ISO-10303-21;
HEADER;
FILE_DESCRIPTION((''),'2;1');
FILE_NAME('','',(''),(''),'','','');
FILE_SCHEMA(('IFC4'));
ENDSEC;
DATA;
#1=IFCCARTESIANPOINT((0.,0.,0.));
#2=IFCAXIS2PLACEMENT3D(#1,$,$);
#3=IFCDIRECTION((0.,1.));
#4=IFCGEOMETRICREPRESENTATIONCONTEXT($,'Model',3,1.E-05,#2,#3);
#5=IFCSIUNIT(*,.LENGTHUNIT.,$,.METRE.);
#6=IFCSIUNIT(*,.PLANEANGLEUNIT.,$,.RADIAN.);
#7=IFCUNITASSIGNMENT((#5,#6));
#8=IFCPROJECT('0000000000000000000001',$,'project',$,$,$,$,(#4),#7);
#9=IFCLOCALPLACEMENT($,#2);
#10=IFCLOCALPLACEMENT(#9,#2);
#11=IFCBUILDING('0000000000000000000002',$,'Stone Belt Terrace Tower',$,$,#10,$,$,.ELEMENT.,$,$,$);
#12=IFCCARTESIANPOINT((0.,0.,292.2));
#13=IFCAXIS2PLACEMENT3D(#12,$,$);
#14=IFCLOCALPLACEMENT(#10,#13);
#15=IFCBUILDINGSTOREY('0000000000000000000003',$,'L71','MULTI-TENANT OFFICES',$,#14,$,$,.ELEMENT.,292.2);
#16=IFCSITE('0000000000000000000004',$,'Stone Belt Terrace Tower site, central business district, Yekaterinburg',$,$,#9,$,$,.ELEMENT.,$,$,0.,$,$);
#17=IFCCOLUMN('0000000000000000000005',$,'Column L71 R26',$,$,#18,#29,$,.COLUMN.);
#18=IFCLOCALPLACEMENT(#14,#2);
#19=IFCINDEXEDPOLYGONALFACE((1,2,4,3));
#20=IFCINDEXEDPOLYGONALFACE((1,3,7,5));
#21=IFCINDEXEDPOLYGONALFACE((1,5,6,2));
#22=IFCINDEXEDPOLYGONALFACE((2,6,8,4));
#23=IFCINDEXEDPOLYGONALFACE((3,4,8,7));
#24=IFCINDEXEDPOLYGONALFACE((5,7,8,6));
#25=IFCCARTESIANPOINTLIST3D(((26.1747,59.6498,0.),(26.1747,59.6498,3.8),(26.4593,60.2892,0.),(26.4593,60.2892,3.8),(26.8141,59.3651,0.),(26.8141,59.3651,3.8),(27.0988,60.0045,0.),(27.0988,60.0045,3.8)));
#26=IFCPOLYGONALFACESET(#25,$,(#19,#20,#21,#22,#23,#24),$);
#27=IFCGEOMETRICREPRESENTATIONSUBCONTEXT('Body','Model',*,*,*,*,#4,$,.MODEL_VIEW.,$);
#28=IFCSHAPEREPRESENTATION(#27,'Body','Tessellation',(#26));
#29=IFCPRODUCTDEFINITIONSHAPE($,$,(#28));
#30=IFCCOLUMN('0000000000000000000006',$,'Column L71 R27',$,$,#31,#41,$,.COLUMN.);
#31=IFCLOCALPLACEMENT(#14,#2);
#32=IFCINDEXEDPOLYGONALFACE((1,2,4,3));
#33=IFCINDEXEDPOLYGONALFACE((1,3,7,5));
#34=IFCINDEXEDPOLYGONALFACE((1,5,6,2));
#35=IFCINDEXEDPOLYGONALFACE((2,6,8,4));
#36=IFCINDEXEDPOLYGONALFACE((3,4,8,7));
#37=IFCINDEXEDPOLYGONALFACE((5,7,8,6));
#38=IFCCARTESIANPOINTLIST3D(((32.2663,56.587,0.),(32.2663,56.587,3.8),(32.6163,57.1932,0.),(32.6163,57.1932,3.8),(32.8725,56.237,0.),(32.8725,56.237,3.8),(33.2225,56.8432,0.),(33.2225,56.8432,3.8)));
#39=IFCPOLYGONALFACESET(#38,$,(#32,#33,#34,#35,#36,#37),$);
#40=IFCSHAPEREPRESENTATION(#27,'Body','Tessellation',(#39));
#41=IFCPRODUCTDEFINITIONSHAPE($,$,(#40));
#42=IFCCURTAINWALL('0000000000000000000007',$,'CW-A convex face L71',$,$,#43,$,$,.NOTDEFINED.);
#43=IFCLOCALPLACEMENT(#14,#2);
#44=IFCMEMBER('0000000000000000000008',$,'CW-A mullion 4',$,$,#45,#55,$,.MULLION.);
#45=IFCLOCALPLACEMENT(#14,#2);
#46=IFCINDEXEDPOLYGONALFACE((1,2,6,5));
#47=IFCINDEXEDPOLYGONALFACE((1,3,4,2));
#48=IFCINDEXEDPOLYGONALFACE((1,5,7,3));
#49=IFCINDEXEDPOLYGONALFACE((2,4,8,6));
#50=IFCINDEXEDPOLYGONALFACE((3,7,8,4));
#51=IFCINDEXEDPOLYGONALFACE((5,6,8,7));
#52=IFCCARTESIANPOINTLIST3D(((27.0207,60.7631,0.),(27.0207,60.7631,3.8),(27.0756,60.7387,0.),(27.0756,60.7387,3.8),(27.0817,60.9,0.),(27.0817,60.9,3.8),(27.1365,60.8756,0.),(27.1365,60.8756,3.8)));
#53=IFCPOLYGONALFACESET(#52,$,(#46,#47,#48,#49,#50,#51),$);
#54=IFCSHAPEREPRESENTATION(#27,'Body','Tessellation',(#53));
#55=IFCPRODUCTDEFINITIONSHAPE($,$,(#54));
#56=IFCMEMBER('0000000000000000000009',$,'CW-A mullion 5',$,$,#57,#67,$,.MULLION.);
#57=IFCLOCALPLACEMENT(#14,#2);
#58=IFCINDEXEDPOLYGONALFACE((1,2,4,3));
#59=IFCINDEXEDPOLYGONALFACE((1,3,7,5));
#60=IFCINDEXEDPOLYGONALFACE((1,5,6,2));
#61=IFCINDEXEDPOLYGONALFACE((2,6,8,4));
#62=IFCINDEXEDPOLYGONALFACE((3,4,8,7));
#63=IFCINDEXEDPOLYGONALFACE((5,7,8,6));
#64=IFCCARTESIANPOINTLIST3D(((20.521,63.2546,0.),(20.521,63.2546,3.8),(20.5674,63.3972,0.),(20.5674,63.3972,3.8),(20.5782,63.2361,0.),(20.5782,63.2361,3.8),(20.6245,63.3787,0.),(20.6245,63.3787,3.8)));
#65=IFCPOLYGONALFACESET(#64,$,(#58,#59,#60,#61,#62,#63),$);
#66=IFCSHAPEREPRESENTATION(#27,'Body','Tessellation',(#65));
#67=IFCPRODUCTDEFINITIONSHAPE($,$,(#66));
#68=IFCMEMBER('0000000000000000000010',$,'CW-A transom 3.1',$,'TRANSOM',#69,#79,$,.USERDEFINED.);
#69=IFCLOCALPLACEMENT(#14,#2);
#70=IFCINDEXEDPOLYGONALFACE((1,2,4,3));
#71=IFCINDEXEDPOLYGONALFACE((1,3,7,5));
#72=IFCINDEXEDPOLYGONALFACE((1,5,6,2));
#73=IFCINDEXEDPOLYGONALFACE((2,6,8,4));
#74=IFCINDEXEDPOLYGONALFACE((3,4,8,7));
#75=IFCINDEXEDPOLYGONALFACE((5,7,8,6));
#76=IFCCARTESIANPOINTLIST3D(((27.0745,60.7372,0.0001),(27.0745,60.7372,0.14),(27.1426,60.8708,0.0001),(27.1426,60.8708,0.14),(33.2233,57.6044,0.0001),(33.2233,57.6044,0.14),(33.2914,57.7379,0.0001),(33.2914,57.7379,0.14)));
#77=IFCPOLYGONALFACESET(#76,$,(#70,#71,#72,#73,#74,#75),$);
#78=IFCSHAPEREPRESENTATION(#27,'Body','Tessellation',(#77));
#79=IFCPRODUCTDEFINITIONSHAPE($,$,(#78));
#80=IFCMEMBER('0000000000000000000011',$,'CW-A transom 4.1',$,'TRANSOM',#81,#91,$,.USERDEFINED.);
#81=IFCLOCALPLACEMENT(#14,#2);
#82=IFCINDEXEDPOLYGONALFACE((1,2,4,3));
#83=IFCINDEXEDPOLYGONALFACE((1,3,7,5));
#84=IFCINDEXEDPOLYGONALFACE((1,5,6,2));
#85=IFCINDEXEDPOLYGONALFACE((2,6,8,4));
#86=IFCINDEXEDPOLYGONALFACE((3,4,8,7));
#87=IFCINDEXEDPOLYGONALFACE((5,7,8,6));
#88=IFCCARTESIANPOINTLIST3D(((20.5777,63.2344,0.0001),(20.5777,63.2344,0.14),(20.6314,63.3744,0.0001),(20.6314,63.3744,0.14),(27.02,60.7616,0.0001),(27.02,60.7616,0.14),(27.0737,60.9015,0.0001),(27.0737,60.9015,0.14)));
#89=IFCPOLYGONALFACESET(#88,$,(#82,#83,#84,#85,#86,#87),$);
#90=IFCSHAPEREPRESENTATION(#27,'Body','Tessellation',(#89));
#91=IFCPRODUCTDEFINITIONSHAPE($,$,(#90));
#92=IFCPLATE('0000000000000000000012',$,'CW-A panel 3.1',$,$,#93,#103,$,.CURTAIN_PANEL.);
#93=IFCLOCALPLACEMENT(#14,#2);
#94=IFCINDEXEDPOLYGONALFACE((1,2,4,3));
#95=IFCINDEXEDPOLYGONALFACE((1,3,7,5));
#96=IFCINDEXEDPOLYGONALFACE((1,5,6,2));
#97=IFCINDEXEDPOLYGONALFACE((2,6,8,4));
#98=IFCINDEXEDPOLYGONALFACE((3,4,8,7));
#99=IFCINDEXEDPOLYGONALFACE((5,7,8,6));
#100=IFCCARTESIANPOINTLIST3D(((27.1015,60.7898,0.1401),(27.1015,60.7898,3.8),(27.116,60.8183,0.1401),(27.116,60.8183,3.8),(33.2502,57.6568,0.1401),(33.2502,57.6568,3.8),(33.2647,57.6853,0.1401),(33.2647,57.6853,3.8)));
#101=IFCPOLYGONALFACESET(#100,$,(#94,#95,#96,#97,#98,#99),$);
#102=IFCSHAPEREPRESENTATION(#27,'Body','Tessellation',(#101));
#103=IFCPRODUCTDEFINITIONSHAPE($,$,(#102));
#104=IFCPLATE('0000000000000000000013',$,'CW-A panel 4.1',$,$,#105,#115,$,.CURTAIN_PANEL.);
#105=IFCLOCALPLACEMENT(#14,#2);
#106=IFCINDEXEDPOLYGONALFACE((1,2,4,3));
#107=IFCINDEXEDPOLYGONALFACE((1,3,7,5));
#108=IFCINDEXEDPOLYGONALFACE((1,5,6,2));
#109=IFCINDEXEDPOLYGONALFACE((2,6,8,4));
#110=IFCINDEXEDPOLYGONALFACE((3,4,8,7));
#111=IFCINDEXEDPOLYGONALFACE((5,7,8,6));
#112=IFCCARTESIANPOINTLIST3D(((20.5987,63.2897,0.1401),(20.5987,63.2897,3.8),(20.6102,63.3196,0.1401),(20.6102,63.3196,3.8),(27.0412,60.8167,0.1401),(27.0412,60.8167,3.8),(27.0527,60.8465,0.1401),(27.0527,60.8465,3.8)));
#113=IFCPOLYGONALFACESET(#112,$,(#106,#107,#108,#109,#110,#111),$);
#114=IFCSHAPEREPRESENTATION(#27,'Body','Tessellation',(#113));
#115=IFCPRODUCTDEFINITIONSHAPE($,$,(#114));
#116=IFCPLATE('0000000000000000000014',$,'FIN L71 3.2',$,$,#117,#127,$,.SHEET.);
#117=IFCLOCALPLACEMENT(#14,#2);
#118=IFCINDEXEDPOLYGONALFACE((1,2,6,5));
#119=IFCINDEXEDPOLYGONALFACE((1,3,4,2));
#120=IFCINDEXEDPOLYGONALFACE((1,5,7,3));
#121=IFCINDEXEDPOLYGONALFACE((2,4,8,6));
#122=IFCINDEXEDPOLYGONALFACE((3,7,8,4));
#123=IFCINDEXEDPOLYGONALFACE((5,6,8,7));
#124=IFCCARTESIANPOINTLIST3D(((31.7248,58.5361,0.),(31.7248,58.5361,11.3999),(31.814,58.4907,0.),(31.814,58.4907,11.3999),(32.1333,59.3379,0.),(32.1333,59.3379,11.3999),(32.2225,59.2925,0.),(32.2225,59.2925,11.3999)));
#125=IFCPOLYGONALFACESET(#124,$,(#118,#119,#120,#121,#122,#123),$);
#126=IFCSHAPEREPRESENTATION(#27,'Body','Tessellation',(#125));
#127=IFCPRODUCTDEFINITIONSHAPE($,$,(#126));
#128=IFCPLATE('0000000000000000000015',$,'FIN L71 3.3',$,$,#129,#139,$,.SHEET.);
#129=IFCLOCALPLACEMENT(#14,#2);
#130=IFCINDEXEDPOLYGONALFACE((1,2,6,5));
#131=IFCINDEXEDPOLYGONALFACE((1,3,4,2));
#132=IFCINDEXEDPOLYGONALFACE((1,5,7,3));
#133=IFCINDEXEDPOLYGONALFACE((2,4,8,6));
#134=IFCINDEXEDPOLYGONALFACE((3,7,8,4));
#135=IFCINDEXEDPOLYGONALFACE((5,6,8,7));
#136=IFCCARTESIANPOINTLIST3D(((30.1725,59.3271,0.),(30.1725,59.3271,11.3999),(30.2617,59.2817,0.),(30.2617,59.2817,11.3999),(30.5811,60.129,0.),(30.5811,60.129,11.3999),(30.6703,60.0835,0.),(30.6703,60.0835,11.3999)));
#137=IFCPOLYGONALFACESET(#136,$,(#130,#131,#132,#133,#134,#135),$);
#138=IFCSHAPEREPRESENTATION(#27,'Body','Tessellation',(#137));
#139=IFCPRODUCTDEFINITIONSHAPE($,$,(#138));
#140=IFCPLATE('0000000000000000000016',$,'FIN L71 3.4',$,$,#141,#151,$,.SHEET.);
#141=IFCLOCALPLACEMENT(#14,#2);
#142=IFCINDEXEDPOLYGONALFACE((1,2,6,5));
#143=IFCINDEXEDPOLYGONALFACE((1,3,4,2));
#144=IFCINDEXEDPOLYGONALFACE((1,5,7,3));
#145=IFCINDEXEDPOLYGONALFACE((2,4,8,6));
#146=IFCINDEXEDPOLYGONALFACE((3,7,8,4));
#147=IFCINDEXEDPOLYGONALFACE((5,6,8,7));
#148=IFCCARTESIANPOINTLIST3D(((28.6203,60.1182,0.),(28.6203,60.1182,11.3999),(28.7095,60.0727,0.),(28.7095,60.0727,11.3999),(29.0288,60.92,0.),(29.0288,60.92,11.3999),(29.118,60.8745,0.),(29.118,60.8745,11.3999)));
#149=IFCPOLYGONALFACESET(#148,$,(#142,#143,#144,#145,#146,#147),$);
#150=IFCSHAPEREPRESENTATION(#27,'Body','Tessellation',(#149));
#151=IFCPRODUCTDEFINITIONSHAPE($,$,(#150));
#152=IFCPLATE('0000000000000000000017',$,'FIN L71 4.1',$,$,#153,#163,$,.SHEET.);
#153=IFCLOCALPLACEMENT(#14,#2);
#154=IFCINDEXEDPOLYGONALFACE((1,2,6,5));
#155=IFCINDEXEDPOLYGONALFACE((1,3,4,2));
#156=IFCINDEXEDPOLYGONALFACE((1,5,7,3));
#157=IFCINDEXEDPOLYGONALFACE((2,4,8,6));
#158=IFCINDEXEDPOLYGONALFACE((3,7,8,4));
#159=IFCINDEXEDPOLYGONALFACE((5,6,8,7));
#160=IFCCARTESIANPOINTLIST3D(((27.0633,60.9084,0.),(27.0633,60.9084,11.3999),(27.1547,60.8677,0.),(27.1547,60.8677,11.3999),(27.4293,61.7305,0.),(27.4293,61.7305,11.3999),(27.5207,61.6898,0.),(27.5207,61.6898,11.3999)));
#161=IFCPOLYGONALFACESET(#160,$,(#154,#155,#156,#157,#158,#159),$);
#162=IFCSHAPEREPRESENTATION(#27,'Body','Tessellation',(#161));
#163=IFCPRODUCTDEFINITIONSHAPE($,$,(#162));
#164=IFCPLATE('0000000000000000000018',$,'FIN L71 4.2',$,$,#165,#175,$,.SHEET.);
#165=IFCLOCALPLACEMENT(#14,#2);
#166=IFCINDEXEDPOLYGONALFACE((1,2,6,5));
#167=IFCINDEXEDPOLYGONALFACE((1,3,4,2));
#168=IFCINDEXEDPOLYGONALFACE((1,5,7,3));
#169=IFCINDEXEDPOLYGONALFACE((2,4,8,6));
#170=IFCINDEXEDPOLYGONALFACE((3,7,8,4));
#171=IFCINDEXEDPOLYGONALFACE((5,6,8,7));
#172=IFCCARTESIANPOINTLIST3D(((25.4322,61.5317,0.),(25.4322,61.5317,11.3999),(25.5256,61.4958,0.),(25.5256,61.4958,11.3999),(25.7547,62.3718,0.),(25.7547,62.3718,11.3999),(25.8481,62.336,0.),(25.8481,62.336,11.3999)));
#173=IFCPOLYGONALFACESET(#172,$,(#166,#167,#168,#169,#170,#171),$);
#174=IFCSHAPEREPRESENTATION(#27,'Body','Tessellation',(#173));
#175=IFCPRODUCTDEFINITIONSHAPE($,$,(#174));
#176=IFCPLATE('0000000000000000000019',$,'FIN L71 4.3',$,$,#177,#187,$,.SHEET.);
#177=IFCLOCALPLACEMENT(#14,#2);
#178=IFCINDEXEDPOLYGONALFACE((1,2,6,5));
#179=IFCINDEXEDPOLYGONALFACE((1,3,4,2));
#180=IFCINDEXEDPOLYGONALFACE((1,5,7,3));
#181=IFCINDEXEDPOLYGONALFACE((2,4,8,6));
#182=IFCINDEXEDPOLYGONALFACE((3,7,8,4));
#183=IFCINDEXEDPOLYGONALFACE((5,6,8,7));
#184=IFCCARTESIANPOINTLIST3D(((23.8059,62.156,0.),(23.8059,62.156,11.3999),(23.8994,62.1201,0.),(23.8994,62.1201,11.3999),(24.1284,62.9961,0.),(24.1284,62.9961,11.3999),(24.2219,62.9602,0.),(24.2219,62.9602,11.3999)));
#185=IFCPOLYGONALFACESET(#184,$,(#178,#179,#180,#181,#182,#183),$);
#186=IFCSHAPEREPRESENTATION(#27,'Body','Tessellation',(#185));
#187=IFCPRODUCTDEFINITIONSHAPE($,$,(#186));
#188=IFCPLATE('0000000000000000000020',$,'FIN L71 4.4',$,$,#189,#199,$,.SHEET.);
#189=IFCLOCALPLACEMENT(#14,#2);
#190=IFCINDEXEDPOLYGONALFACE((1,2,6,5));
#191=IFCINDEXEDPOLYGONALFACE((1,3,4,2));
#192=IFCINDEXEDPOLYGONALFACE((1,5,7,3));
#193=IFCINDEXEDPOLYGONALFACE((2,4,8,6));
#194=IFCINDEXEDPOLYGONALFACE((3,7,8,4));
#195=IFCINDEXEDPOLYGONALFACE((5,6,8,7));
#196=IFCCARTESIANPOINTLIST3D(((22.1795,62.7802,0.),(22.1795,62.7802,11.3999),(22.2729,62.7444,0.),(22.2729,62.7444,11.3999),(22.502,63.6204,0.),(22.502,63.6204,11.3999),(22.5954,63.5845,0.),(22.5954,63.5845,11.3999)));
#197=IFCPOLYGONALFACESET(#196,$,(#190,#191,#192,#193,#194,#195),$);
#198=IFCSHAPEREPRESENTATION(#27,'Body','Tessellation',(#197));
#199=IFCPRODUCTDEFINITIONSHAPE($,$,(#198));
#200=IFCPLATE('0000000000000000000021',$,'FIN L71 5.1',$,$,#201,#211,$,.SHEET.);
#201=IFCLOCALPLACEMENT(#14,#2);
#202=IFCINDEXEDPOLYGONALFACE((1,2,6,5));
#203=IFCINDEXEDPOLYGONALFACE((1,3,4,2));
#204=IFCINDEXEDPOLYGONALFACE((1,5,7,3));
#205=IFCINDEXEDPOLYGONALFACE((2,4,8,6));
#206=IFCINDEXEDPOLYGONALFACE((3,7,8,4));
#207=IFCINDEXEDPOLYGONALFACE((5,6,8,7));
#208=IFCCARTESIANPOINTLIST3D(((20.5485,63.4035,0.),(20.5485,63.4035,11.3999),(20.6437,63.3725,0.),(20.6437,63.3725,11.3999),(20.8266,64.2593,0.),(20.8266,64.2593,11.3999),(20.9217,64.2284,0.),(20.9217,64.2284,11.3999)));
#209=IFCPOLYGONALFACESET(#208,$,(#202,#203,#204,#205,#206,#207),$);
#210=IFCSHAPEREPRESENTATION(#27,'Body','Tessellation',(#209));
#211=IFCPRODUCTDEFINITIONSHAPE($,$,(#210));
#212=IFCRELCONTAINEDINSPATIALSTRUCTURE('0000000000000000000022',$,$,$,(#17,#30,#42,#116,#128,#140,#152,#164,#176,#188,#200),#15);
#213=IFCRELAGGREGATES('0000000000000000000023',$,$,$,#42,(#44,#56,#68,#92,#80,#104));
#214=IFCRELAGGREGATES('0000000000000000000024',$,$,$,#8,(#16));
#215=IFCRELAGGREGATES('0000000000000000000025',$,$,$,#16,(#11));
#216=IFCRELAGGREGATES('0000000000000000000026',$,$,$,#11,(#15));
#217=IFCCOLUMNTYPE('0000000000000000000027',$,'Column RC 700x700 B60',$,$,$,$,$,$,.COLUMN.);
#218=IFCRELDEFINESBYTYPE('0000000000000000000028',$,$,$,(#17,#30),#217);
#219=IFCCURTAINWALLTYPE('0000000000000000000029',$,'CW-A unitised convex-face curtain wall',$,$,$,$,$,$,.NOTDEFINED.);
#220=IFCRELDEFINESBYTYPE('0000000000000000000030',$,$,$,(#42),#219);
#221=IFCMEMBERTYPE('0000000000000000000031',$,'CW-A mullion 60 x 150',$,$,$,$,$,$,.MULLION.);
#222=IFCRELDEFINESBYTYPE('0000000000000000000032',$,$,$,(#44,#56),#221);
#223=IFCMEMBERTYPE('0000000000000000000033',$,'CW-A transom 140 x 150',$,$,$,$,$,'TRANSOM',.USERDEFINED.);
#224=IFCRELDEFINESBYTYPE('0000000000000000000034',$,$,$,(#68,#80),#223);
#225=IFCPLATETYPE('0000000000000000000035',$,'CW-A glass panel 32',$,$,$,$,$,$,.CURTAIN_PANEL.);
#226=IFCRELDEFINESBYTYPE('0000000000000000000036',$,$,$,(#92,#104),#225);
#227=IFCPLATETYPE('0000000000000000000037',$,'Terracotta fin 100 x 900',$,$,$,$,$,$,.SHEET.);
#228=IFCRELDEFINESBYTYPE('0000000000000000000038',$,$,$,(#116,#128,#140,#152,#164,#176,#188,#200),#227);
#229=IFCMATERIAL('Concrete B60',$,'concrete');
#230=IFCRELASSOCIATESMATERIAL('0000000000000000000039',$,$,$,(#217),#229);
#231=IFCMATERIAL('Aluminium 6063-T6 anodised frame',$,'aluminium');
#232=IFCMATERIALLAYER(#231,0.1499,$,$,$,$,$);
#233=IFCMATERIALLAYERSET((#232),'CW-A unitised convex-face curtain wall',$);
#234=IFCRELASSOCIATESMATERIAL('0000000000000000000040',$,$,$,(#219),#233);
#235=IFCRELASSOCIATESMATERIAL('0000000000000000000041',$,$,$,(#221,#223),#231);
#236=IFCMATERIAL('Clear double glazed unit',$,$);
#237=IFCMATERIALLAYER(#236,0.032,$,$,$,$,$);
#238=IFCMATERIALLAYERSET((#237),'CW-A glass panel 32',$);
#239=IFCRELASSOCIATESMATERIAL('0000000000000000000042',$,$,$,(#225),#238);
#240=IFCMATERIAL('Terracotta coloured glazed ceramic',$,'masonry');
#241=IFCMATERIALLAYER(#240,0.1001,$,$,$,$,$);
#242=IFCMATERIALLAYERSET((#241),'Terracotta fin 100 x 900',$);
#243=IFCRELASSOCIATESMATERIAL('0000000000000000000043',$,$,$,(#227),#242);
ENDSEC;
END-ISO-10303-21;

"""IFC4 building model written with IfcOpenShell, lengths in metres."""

from ifc_helpers import new_model, si_unit, direction, frame, origin, origin_2d, place, context, subcontext, project, spatial, rectangle, extrude, material, layer, layer_set, material_profile, profile_set, type_object, element, aggregate, save


model = new_model("IFC4")

# Units and contexts
model_context = context("Model", 3, precision=1e-05, world=origin(), true_north=direction((0.0, 1.0)))
body_context = subcontext(model_context, "Body", "Model", "MODEL_VIEW")
ifc_project = project(units=[si_unit("LENGTHUNIT", "METRE"), si_unit("PLANEANGLEUNIT", "RADIAN")], contexts=[model_context])

# Site, building, storey
site_placement = place(None, origin())
site = spatial("IfcSite", under=ifc_project, at=site_placement, Name="Stone Belt Terrace Tower site, central business district, Yekaterinburg", CompositionType="ELEMENT", RefElevation=0.0)
building_placement = place(site_placement, origin())
building = spatial("IfcBuilding", under=site, at=building_placement, Name="Stone Belt Terrace Tower", CompositionType="ELEMENT")
storey_placement = place(building_placement, frame((0.0, 0.0, 292.2)))
storey = spatial("IfcBuildingStorey", under=building, at=storey_placement, Name="L71", Description="MULTI-TENANT OFFICES", CompositionType="ELEMENT", Elevation=292.2)

# Columns
ifc_material_1 = material(Name="Concrete B60", Category="concrete")
ifc_material_profile_1 = material_profile(ifc_material_1, rectangle(XDim=0.7, YDim=0.7, at=origin_2d()), Name="RC 700x700")
ifc_profile_set_1 = profile_set([ifc_material_profile_1], Name="Concrete B60")
column_type = type_object("IfcColumnType", Name="Column RC 700x700 B60", PredefinedType="COLUMN", material=ifc_profile_set_1)
for number, where, z_axis, x_axis, name in (
    (1, (26.6367, 59.8271, 0.0), (0.0, 0.0, 1.0), (0.913545, -0.406737, 0.0), "Column L71 R26"),
    (2, (32.7444, 56.7151, 0.0), (0.0, 0.0, 1.0), (0.866025, -0.5, 0.0), "Column L71 R27"),
):
    element("IfcColumn", number, at=place(storey_placement, frame(where, z_axis=z_axis, x_axis=x_axis)), inside=storey, type_object=column_type, Name=name, PredefinedType="COLUMN", context=body_context, shape_type="SweptSolid", body=[
        extrude(rectangle(XDim=0.7, YDim=0.7, at=origin_2d()), origin(), (0.0, 0.0, 1.0), 3.8),
    ])

# Curtain wall, members, plates
ifc_material_2 = material(Name="Aluminium 6063-T6 anodised frame", Category="aluminium")
ifc_layer_1 = layer(ifc_material_2, 0.1499)
ifc_layer_set_1 = layer_set([ifc_layer_1], Name="CW-A unitised convex-face curtain wall")
curtain_wall_type = type_object("IfcCurtainWallType", Name="CW-A unitised convex-face curtain wall", PredefinedType="NOTDEFINED", material=ifc_layer_set_1)
curtain_wall_placement = place(storey_placement, origin())
curtain_wall = element("IfcCurtainWall", 3, at=curtain_wall_placement, inside=storey, type_object=curtain_wall_type, Name="CW-A convex face L71", PredefinedType="NOTDEFINED")
ifc_material_profile_2 = material_profile(ifc_material_2, rectangle(XDim=0.1499, YDim=0.0601, at=origin_2d()), Name="Aluminium 6063-T6 60x150")
ifc_profile_set_2 = profile_set([ifc_material_profile_2], Name="Aluminium 6063-T6 anodised frame")
member_type_1 = type_object("IfcMemberType", Name="CW-A mullion 60 x 150", PredefinedType="MULLION", material=ifc_profile_set_2)
member_1_placement = place(storey_placement, frame((27.0786, 60.8193, 0.0), z_axis=(0.0, 0.0, 1.0), x_axis=(-0.406737, -0.913545, 0.0)))
member_1 = element("IfcMember", 4, at=member_1_placement, type_object=member_type_1, Name="CW-A mullion 4", PredefinedType="MULLION", context=body_context, shape_type="SweptSolid", body=[
    extrude(rectangle(XDim=0.1499, YDim=0.0601, at=origin_2d()), origin(), (0.0, 0.0, 1.0), 3.8),
])
member_2_placement = place(storey_placement, frame((20.5728, 63.3167, 0.0), z_axis=(0.0, 0.0, 1.0), x_axis=(-0.309017, -0.951057, 0.0)))
member_2 = element("IfcMember", 5, at=member_2_placement, type_object=member_type_1, Name="CW-A mullion 5", PredefinedType="MULLION", context=body_context, shape_type="SweptSolid", body=[
    extrude(rectangle(XDim=0.1499, YDim=0.0601, at=origin_2d()), origin(), (0.0, 0.0, 1.0), 3.8),
])
ifc_material_profile_3 = material_profile(ifc_material_2, rectangle(XDim=0.1499, YDim=0.1399, at=origin_2d()), Name="Aluminium 6063-T6 150x140")
ifc_profile_set_3 = profile_set([ifc_material_profile_3], Name="Aluminium 6063-T6 anodised frame")
member_type_2 = type_object("IfcMemberType", Name="CW-A transom 140 x 150", ElementType="TRANSOM", PredefinedType="USERDEFINED", material=ifc_profile_set_3)
member_3_placement = place(storey_placement, frame((33.2573, 57.6711, 0.0701), z_axis=(-0.891012, 0.453979, 0.0), x_axis=(-0.453979, -0.891012, 0.0)))
member_3 = element("IfcMember", 6, at=member_3_placement, type_object=member_type_2, Name="CW-A transom 3.1", ObjectType="TRANSOM", PredefinedType="USERDEFINED", context=body_context, shape_type="SweptSolid", body=[
    extrude(rectangle(XDim=0.1499, YDim=0.1399, at=origin_2d()), origin(), (0.0, 0.0, 1.0), 6.9009),
])
member_4_placement = place(storey_placement, frame((27.0469, 60.8315, 0.0701), z_axis=(-0.933585, 0.358355, 0.0), x_axis=(-0.358355, -0.933585, 0.0)))
member_4 = element("IfcMember", 7, at=member_4_placement, type_object=member_type_2, Name="CW-A transom 4.1", ObjectType="TRANSOM", PredefinedType="USERDEFINED", context=body_context, shape_type="SweptSolid", body=[
    extrude(rectangle(XDim=0.1499, YDim=0.1399, at=origin_2d()), origin(), (0.0, 0.0, 1.0), 6.9006),
])
ifc_material_3 = material(Name="Clear double glazed unit")
ifc_layer_2 = layer(ifc_material_3, 0.032)
ifc_layer_set_2 = layer_set([ifc_layer_2], Name="CW-A glass panel 32")
plate_type_1 = type_object("IfcPlateType", Name="CW-A glass panel 32", PredefinedType="CURTAIN_PANEL", material=ifc_layer_set_2)
plate_1_placement = place(storey_placement, frame((30.1831, 59.2375, 0.1401), z_axis=(0.0, 0.0, 1.0), x_axis=(-0.891007, 0.45399, 0.0)))
plate_1 = element("IfcPlate", 8, at=plate_1_placement, type_object=plate_type_1, Name="CW-A panel 3.1", PredefinedType="CURTAIN_PANEL", context=body_context, shape_type="SweptSolid", body=[
    extrude(rectangle(XDim=6.9009, YDim=0.032, at=origin_2d()), origin(), (0.0, 0.0, 1.0), 3.6599),
])
plate_2_placement = place(storey_placement, frame((23.8257, 62.0681, 0.1401), z_axis=(0.0, 0.0, 1.0), x_axis=(-0.93358, 0.358368, 0.0)))
plate_2 = element("IfcPlate", 9, at=plate_2_placement, type_object=plate_type_1, Name="CW-A panel 4.1", PredefinedType="CURTAIN_PANEL", context=body_context, shape_type="SweptSolid", body=[
    extrude(rectangle(XDim=6.9009, YDim=0.032, at=origin_2d()), origin(), (0.0, 0.0, 1.0), 3.6599),
])
aggregate(curtain_wall, [member_1, member_2, member_3, plate_1, member_4, plate_2])

# Plates
ifc_material_4 = material(Name="Terracotta coloured glazed ceramic", Category="masonry")
ifc_layer_3 = layer(ifc_material_4, 0.1001)
ifc_layer_set_3 = layer_set([ifc_layer_3], Name="Terracotta fin 100 x 900")
plate_type_2 = type_object("IfcPlateType", Name="Terracotta fin 100 x 900", PredefinedType="SHEET", material=ifc_layer_set_3)
for number, where, z_axis, x_axis, name in (
    (10, (31.9736, 58.9143, 0.0), (0.0, 0.0, 1.0), (0.45399, 0.891007, 0.0), "FIN L71 3.2"),
    (11, (30.4214, 59.7053, 0.0), (0.0, 0.0, 1.0), (0.45399, 0.891007, 0.0), "FIN L71 3.3"),
    (12, (28.8691, 60.4963, 0.0), (0.0, 0.0, 1.0), (0.45399, 0.891007, 0.0), "FIN L71 3.4"),
    (13, (27.292, 61.2991, 0.0), (0.0, 0.0, 1.0), (0.406737, 0.913545, 0.0), "FIN L71 4.1"),
    (14, (25.6401, 61.9338, 0.0), (0.0, 0.0, 1.0), (0.358368, 0.93358, 0.0), "FIN L71 4.2"),
    (15, (24.0139, 62.5581, 0.0), (0.0, 0.0, 1.0), (0.358368, 0.93358, 0.0), "FIN L71 4.3"),
    (16, (22.3875, 63.1824, 0.0), (0.0, 0.0, 1.0), (0.358368, 0.93358, 0.0), "FIN L71 4.4"),
    (17, (20.7351, 63.8159, 0.0), (0.0, 0.0, 1.0), (0.309017, 0.951057, 0.0), "FIN L71 5.1"),
):
    element("IfcPlate", number, at=place(storey_placement, frame(where, z_axis=z_axis, x_axis=x_axis)), inside=storey, type_object=plate_type_2, Name=name, PredefinedType="SHEET", context=body_context, shape_type="SweptSolid", body=[
        extrude(rectangle(XDim=0.8999, YDim=0.1001, at=origin_2d()), origin(), (0.0, 0.0, 1.0), 11.3999),
    ])

save(model, "model.ifc")
